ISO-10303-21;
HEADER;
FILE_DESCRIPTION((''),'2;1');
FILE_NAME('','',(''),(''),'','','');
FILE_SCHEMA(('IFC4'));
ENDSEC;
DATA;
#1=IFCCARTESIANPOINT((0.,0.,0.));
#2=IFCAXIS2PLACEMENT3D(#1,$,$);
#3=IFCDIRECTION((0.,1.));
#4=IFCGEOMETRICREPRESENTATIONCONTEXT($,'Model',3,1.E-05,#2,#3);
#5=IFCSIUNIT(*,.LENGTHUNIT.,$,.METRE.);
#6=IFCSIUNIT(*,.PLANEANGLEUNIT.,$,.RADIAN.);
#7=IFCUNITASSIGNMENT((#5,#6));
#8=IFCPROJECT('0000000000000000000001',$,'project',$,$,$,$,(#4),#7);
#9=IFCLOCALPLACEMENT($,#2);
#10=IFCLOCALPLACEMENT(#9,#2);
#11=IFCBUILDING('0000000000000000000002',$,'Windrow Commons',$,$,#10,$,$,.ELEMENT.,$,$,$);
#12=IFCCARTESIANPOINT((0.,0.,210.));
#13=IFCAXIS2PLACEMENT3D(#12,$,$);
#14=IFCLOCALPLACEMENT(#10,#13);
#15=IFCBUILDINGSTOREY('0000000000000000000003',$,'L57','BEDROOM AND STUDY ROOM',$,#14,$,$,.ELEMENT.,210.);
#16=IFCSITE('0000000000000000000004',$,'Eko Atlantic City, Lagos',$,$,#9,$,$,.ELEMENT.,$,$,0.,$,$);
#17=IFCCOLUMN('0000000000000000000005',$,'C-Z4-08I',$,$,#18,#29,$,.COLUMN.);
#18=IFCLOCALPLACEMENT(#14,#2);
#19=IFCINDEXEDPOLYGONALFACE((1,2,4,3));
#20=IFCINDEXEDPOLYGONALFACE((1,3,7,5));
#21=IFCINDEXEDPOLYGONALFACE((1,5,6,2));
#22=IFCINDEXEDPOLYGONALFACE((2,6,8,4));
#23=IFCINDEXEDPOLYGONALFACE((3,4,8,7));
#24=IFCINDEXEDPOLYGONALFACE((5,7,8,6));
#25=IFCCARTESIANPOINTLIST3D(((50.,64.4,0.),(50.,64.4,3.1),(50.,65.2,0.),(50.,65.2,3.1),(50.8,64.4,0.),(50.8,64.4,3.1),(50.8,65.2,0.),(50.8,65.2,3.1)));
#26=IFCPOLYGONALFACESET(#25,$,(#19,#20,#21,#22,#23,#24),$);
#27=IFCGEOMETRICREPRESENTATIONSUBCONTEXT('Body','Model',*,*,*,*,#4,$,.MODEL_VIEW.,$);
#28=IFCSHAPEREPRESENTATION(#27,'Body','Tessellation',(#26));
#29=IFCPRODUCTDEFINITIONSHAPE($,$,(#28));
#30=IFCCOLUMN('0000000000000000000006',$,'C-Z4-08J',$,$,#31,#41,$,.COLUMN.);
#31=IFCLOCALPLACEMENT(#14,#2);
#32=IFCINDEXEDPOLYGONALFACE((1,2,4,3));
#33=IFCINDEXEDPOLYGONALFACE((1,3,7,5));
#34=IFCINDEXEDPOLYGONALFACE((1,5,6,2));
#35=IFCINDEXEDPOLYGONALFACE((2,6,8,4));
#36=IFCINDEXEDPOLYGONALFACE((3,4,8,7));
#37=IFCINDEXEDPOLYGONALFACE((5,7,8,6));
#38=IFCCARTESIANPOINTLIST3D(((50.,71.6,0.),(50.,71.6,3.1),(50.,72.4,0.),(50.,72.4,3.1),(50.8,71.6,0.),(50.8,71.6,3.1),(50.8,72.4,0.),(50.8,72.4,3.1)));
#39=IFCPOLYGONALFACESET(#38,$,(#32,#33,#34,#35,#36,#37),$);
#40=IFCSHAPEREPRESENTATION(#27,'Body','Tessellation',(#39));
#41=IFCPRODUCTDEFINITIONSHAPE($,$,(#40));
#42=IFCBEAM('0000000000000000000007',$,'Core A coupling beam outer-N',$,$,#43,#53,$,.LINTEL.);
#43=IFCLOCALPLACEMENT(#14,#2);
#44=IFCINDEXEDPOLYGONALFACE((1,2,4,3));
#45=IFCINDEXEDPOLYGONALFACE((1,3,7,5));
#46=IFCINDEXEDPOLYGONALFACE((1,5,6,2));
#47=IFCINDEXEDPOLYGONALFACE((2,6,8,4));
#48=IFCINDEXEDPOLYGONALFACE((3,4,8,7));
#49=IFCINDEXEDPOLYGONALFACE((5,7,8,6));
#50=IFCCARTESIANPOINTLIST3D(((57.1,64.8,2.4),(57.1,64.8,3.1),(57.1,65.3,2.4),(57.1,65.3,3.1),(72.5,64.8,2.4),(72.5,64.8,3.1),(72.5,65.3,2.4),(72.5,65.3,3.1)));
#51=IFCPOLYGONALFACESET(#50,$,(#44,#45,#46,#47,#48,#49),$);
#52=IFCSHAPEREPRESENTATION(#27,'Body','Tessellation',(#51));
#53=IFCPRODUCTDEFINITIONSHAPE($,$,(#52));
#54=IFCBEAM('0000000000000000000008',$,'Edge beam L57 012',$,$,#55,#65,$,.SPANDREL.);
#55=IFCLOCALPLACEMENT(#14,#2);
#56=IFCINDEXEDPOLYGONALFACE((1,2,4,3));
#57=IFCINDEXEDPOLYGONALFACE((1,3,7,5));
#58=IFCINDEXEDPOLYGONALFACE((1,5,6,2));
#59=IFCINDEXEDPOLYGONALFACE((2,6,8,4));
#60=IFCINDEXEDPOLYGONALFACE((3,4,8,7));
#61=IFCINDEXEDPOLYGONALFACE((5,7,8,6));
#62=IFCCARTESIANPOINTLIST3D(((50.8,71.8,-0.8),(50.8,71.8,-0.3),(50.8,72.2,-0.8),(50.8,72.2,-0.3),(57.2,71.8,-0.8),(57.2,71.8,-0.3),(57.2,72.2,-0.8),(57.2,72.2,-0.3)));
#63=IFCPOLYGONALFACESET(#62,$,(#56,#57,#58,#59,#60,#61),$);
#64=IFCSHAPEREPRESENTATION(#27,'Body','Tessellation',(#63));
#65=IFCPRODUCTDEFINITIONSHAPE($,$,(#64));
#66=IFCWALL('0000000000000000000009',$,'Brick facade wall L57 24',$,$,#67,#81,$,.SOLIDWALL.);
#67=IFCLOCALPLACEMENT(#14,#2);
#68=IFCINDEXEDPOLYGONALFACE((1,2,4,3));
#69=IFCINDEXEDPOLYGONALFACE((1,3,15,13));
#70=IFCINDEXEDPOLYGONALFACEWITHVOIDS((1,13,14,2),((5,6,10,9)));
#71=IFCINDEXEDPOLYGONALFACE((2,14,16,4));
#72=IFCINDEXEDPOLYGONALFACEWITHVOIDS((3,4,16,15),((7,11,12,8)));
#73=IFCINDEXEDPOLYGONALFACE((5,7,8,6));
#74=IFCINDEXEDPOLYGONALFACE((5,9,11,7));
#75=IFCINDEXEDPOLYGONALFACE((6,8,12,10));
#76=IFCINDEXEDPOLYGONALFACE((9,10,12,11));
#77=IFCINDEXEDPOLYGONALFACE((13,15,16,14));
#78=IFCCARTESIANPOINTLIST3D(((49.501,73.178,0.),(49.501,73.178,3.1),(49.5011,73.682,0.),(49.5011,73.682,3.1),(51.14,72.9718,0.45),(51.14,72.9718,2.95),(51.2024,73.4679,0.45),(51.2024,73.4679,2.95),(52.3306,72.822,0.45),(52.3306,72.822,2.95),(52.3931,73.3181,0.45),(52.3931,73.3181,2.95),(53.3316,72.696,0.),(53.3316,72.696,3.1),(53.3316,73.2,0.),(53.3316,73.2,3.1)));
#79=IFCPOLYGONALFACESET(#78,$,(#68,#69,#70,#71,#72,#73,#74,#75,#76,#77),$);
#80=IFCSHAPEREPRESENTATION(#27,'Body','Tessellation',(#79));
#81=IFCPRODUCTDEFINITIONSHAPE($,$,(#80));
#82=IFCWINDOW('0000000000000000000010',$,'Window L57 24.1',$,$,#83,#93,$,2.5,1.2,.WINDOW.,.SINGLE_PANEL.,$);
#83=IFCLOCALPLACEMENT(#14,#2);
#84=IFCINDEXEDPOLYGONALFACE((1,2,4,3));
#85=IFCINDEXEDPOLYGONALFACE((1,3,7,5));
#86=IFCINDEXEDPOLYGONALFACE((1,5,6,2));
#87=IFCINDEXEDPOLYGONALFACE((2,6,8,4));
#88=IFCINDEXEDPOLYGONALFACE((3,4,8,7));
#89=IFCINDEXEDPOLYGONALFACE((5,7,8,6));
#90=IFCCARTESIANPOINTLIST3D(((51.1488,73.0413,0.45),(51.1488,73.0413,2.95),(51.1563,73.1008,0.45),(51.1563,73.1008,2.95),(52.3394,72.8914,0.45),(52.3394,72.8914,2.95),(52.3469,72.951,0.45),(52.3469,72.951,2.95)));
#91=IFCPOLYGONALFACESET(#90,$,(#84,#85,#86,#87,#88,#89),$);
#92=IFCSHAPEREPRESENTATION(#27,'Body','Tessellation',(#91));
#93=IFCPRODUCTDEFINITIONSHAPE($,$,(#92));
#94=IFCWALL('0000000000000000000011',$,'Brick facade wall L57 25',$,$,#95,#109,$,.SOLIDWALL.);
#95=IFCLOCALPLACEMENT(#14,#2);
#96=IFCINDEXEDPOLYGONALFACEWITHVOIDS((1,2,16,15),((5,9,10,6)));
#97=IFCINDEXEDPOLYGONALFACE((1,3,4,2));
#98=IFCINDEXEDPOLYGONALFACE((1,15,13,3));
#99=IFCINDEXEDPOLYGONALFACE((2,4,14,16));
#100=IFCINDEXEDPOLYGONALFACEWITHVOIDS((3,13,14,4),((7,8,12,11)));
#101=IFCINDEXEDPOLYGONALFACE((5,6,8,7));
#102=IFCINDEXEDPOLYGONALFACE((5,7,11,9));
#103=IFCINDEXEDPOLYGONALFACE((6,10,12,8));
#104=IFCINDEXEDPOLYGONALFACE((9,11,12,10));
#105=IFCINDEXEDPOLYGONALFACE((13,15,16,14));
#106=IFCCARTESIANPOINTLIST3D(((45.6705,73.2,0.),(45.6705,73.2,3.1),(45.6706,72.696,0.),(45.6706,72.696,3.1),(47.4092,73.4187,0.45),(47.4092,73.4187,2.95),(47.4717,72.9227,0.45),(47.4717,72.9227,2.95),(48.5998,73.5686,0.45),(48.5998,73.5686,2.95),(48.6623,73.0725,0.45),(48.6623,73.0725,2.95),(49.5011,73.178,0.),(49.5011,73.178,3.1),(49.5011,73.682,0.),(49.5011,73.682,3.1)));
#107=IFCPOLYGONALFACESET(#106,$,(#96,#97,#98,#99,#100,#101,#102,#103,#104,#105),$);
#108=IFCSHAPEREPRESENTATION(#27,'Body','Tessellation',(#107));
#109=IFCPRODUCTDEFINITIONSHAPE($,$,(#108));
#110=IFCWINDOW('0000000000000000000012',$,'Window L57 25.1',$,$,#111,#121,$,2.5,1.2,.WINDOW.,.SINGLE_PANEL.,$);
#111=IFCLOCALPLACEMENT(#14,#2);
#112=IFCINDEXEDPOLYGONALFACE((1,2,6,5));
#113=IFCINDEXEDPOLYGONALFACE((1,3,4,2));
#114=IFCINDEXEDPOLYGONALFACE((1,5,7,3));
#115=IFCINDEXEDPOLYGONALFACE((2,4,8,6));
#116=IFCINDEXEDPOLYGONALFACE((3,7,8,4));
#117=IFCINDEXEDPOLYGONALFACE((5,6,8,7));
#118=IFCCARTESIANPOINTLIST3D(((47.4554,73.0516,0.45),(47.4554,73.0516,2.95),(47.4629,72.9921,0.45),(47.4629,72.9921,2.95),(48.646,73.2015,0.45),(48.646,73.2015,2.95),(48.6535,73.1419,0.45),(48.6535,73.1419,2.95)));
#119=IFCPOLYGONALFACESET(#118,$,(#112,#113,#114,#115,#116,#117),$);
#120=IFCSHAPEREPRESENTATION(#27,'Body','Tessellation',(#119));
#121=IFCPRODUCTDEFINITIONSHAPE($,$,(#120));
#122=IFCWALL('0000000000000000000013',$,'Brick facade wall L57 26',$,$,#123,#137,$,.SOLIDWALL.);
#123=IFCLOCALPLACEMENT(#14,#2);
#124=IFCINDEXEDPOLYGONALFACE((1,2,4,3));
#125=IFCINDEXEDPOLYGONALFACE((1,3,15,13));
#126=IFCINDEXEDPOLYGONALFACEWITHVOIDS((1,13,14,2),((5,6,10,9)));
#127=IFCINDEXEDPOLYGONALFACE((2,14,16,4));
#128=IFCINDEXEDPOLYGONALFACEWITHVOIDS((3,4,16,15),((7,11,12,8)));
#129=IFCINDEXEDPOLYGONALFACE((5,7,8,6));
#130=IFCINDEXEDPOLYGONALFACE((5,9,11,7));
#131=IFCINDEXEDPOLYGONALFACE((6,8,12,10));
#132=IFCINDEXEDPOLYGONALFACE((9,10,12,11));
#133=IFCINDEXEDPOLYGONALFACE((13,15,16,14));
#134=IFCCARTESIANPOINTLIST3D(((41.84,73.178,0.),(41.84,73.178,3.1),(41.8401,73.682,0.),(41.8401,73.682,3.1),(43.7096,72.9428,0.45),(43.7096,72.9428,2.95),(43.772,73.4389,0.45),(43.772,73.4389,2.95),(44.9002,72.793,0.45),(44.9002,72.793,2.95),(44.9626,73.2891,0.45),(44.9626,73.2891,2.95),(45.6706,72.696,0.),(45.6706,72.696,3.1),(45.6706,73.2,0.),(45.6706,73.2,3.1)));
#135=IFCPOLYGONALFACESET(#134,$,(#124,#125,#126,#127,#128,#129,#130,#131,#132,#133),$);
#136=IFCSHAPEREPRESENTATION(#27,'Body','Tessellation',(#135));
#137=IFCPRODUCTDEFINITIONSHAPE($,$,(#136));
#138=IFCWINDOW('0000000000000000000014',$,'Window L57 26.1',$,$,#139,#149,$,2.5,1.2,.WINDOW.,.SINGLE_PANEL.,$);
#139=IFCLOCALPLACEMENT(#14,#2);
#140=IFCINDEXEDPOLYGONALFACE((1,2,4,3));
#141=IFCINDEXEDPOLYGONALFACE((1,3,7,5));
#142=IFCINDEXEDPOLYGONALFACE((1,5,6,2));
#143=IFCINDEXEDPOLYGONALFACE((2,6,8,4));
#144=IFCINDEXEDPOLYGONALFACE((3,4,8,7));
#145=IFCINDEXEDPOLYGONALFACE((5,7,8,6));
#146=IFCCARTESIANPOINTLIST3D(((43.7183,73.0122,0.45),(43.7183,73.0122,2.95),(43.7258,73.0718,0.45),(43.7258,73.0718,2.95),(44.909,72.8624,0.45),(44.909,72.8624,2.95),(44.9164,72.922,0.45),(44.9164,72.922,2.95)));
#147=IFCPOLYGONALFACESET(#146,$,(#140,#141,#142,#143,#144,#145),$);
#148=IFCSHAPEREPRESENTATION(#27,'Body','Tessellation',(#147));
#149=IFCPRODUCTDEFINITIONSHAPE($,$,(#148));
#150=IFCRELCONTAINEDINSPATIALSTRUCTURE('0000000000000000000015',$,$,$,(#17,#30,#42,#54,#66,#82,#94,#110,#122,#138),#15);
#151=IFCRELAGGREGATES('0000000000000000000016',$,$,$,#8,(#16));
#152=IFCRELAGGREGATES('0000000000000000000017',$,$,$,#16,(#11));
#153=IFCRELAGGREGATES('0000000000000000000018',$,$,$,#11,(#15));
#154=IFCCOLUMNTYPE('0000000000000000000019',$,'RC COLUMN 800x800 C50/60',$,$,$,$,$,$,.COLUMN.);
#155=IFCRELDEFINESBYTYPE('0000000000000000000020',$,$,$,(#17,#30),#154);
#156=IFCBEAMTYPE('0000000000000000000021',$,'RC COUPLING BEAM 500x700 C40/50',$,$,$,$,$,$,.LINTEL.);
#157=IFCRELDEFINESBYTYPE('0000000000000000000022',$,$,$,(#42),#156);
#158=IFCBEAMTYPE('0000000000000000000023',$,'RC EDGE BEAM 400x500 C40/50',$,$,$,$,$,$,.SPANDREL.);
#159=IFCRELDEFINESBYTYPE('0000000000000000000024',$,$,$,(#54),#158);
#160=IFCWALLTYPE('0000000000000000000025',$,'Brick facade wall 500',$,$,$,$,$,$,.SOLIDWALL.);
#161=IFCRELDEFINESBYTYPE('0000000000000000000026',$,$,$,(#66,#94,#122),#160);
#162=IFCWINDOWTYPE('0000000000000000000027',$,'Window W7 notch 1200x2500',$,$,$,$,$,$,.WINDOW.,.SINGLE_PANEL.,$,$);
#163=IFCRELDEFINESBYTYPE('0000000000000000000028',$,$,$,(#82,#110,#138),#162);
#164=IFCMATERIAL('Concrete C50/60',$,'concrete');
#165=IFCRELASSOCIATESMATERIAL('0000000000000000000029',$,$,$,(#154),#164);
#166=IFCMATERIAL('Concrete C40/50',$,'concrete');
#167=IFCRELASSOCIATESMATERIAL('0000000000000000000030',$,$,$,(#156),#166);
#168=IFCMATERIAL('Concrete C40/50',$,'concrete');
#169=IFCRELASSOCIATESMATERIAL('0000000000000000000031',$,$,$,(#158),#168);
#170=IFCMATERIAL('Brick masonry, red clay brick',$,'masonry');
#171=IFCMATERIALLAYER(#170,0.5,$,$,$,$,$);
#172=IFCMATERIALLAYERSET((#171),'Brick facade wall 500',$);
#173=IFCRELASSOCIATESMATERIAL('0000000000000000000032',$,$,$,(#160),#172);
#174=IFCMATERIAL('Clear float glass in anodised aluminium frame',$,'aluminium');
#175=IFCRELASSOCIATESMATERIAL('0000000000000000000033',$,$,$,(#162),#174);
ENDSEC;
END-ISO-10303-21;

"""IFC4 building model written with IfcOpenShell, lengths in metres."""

from ifc_helpers import new_model, si_unit, direction, frame, frame_2d, origin, origin_2d, place, context, subcontext, project, spatial, polyline, rectangle, outline, extrude, material, layer, layer_set, material_profile, profile_set, type_object, element, fill, save


model = new_model("IFC4")

# Units and contexts
model_context = context("Model", 3, precision=1e-05, world=origin(), true_north=direction((0.0, 1.0)))
body_context = subcontext(model_context, "Body", "Model", "MODEL_VIEW")
ifc_project = project(units=[si_unit("LENGTHUNIT", "METRE"), si_unit("PLANEANGLEUNIT", "RADIAN")], contexts=[model_context])

# Site, building, storey
site_placement = place(None, origin())
site = spatial("IfcSite", under=ifc_project, at=site_placement, Name="Eko Atlantic City, Lagos", CompositionType="ELEMENT", RefElevation=0.0)
building_placement = place(site_placement, origin())
building = spatial("IfcBuilding", under=site, at=building_placement, Name="Windrow Commons", CompositionType="ELEMENT")
storey_placement = place(building_placement, frame((0.0, 0.0, 210.0)))
storey = spatial("IfcBuildingStorey", under=building, at=storey_placement, Name="L57", Description="BEDROOM AND STUDY ROOM", CompositionType="ELEMENT", Elevation=210.0)

# Columns
ifc_material_1 = material(Name="Concrete C50/60", Category="concrete")
ifc_material_profile_1 = material_profile(ifc_material_1, rectangle(XDim=0.8, YDim=0.8, at=origin_2d()))
ifc_profile_set_1 = profile_set([ifc_material_profile_1], Name="Concrete C50/60")
column_type = type_object("IfcColumnType", Name="RC COLUMN 800x800 C50/60", PredefinedType="COLUMN", material=ifc_profile_set_1)
for number, where, z_axis, x_axis, name in (
    (1, (50.4, 64.8, 0.0), (0.0, 0.0, 1.0), (1.0, 0.0, 0.0), "C-Z4-08I"),
    (2, (50.4, 72.0, 0.0), (0.0, 0.0, 1.0), (1.0, 0.0, 0.0), "C-Z4-08J"),
):
    element("IfcColumn", number, at=place(storey_placement, frame(where, z_axis=z_axis, x_axis=x_axis)), inside=storey, type_object=column_type, Name=name, PredefinedType="COLUMN", context=body_context, shape_type="SweptSolid", body=[
        extrude(rectangle(XDim=0.8, YDim=0.8, at=origin_2d()), origin(), (0.0, 0.0, 1.0), 3.1),
    ])

# Beams
ifc_material_2 = material(Name="Concrete C40/50", Category="concrete")
ifc_material_profile_2 = material_profile(ifc_material_2, rectangle(XDim=0.5, YDim=0.7, at=origin_2d()))
ifc_profile_set_2 = profile_set([ifc_material_profile_2], Name="Concrete C40/50")
beam_type_1 = type_object("IfcBeamType", Name="RC COUPLING BEAM 500x700 C40/50", PredefinedType="LINTEL", material=ifc_profile_set_2)
beam_1_placement = place(storey_placement, frame((57.1, 65.05, 2.75), z_axis=(1.0, 0.0, 0.0), x_axis=(0.0, 1.0, 0.0)))
element("IfcBeam", 3, at=beam_1_placement, inside=storey, type_object=beam_type_1, Name="Core A coupling beam outer-N", PredefinedType="LINTEL", context=body_context, shape_type="SweptSolid", body=[
    extrude(rectangle(XDim=0.5, YDim=0.7, at=origin_2d()), origin(), (0.0, 0.0, 1.0), 15.4),
])
ifc_material_3 = material(Name="Concrete C40/50", Category="concrete")
ifc_material_profile_3 = material_profile(ifc_material_3, rectangle(XDim=0.4, YDim=0.5, at=origin_2d()))
ifc_profile_set_3 = profile_set([ifc_material_profile_3], Name="Concrete C40/50")
beam_type_2 = type_object("IfcBeamType", Name="RC EDGE BEAM 400x500 C40/50", PredefinedType="SPANDREL", material=ifc_profile_set_3)
beam_2_placement = place(storey_placement, frame((50.8, 72.0, -0.55), z_axis=(1.0, 0.0, 0.0), x_axis=(0.0, 1.0, 0.0)))
element("IfcBeam", 4, at=beam_2_placement, inside=storey, type_object=beam_type_2, Name="Edge beam L57 012", PredefinedType="SPANDREL", context=body_context, shape_type="SweptSolid", body=[
    extrude(rectangle(XDim=0.4, YDim=0.5, at=origin_2d()), origin(), (0.0, 0.0, 1.0), 6.4),
])

# Walls, openings, windows
ifc_material_4 = material(Name="Brick masonry, red clay brick", Category="masonry")
ifc_layer_1 = layer(ifc_material_4, 0.5)
ifc_layer_set_1 = layer_set([ifc_layer_1], Name="Brick facade wall 500")
wall_type_1 = type_object("IfcWallType", Name="Brick facade wall 500", PredefinedType="SOLIDWALL", material=ifc_layer_set_1)
wall_1_placement = place(storey_placement, frame((53.3316, 72.948, 0.0), z_axis=(0.0, 0.0, 1.0), x_axis=(-0.992176, 0.124848, 0.0)))
wall_1 = element("IfcWall", 5, at=wall_1_placement, inside=storey, type_object=wall_type_1, Name="Brick facade wall L57 24", PredefinedType="SOLIDWALL", context=body_context, shape_type="SweptSolid", body=[
    extrude(outline(polyline([(0.0315, -0.25), (3.8922, -0.25), (3.8293, 0.25), (-0.0315, 0.25), (0.0315, -0.25)])), origin(), (0.0, 0.0, 1.0), 3.1),
])
opening_1_placement = place(wall_1_placement, frame((0.9774, 0.0, 0.45)))
opening_1 = element("IfcOpeningElement", 6, at=opening_1_placement, cuts=wall_1, PredefinedType="OPENING", context=body_context, shape_type="SweptSolid", body=[
    extrude(rectangle(XDim=1.2, YDim=2.5, at=frame_2d((0.6, 1.25))), frame((0.0, 0.26, 0.0), z_axis=(0.0, -1.0, 0.0), x_axis=(1.0, 0.0, 0.0)), (0.0, 0.0, 1.0), 0.52),
])
ifc_material_5 = material(Name="Clear float glass in anodised aluminium frame", Category="aluminium")
window_type = type_object("IfcWindowType", Name="Window W7 notch 1200x2500", PartitioningType="SINGLE_PANEL", PredefinedType="WINDOW", material=ifc_material_5)
window_1_placement = place(opening_1_placement, origin())
window_1 = element("IfcWindow", 7, at=window_1_placement, inside=storey, type_object=window_type, Name="Window L57 24.1", OverallHeight=2.5, OverallWidth=1.2, PartitioningType="SINGLE_PANEL", PredefinedType="WINDOW", context=body_context, shape_type="SweptSolid", body=[
    extrude(rectangle(XDim=1.2, YDim=2.5, at=frame_2d((0.6, 1.25))), frame((0.0, 0.18, 0.0), z_axis=(0.0, -1.0, 0.0), x_axis=(1.0, 0.0, 0.0)), (0.0, 0.0, 1.0), 0.06),
])
fill(opening_1, window_1)
wall_2_placement = place(storey_placement, frame((49.5011, 73.43, 0.0), z_axis=(0.0, 0.0, 1.0), x_axis=(-0.992176, -0.124848, 0.0)))
wall_2 = element("IfcWall", 8, at=wall_2_placement, inside=storey, type_object=wall_type_1, Name="Brick facade wall L57 25", PredefinedType="SOLIDWALL", context=body_context, shape_type="SweptSolid", body=[
    extrude(outline(polyline([(-0.0315, -0.25), (3.8293, -0.25), (3.8922, 0.25), (0.0315, 0.25), (-0.0315, -0.25)])), origin(), (0.0, 0.0, 1.0), 3.1),
])
opening_2_placement = place(wall_2_placement, frame((0.8769, 0.0, 0.45)))
opening_2 = element("IfcOpeningElement", 9, at=opening_2_placement, cuts=wall_2, PredefinedType="OPENING", context=body_context, shape_type="SweptSolid", body=[
    extrude(rectangle(XDim=1.2, YDim=2.5, at=frame_2d((0.6, 1.25))), frame((0.0, 0.26, 0.0), z_axis=(0.0, -1.0, 0.0), x_axis=(1.0, 0.0, 0.0)), (0.0, 0.0, 1.0), 0.52),
])
window_2_placement = place(opening_2_placement, origin())
window_2 = element("IfcWindow", 10, at=window_2_placement, inside=storey, type_object=window_type, Name="Window L57 25.1", OverallHeight=2.5, OverallWidth=1.2, PartitioningType="SINGLE_PANEL", PredefinedType="WINDOW", context=body_context, shape_type="SweptSolid", body=[
    extrude(rectangle(XDim=1.2, YDim=2.5, at=frame_2d((0.6, 1.25))), frame((0.0, 0.18, 0.0), z_axis=(0.0, -1.0, 0.0), x_axis=(1.0, 0.0, 0.0)), (0.0, 0.0, 1.0), 0.06),
])
fill(opening_2, window_2)
wall_3_placement = place(storey_placement, frame((45.6706, 72.948, 0.0), z_axis=(0.0, 0.0, 1.0), x_axis=(-0.992176, 0.124848, 0.0)))
wall_3 = element("IfcWall", 11, at=wall_3_placement, inside=storey, type_object=wall_type_1, Name="Brick facade wall L57 26", PredefinedType="SOLIDWALL", context=body_context, shape_type="SweptSolid", body=[
    extrude(outline(polyline([(0.0315, -0.25), (3.8922, -0.25), (3.8293, 0.25), (-0.0315, 0.25), (0.0315, -0.25)])), origin(), (0.0, 0.0, 1.0), 3.1),
])
opening_3_placement = place(wall_3_placement, frame((0.745, 0.0, 0.45)))
opening_3 = element("IfcOpeningElement", 12, at=opening_3_placement, cuts=wall_3, PredefinedType="OPENING", context=body_context, shape_type="SweptSolid", body=[
    extrude(rectangle(XDim=1.2, YDim=2.5, at=frame_2d((0.6, 1.25))), frame((0.0, 0.26, 0.0), z_axis=(0.0, -1.0, 0.0), x_axis=(1.0, 0.0, 0.0)), (0.0, 0.0, 1.0), 0.52),
])
window_3_placement = place(opening_3_placement, origin())
window_3 = element("IfcWindow", 13, at=window_3_placement, inside=storey, type_object=window_type, Name="Window L57 26.1", OverallHeight=2.5, OverallWidth=1.2, PartitioningType="SINGLE_PANEL", PredefinedType="WINDOW", context=body_context, shape_type="SweptSolid", body=[
    extrude(rectangle(XDim=1.2, YDim=2.5, at=frame_2d((0.6, 1.25))), frame((0.0, 0.18, 0.0), z_axis=(0.0, -1.0, 0.0), x_axis=(1.0, 0.0, 0.0)), (0.0, 0.0, 1.0), 0.06),
])
fill(opening_3, window_3)

save(model, "model.ifc")
